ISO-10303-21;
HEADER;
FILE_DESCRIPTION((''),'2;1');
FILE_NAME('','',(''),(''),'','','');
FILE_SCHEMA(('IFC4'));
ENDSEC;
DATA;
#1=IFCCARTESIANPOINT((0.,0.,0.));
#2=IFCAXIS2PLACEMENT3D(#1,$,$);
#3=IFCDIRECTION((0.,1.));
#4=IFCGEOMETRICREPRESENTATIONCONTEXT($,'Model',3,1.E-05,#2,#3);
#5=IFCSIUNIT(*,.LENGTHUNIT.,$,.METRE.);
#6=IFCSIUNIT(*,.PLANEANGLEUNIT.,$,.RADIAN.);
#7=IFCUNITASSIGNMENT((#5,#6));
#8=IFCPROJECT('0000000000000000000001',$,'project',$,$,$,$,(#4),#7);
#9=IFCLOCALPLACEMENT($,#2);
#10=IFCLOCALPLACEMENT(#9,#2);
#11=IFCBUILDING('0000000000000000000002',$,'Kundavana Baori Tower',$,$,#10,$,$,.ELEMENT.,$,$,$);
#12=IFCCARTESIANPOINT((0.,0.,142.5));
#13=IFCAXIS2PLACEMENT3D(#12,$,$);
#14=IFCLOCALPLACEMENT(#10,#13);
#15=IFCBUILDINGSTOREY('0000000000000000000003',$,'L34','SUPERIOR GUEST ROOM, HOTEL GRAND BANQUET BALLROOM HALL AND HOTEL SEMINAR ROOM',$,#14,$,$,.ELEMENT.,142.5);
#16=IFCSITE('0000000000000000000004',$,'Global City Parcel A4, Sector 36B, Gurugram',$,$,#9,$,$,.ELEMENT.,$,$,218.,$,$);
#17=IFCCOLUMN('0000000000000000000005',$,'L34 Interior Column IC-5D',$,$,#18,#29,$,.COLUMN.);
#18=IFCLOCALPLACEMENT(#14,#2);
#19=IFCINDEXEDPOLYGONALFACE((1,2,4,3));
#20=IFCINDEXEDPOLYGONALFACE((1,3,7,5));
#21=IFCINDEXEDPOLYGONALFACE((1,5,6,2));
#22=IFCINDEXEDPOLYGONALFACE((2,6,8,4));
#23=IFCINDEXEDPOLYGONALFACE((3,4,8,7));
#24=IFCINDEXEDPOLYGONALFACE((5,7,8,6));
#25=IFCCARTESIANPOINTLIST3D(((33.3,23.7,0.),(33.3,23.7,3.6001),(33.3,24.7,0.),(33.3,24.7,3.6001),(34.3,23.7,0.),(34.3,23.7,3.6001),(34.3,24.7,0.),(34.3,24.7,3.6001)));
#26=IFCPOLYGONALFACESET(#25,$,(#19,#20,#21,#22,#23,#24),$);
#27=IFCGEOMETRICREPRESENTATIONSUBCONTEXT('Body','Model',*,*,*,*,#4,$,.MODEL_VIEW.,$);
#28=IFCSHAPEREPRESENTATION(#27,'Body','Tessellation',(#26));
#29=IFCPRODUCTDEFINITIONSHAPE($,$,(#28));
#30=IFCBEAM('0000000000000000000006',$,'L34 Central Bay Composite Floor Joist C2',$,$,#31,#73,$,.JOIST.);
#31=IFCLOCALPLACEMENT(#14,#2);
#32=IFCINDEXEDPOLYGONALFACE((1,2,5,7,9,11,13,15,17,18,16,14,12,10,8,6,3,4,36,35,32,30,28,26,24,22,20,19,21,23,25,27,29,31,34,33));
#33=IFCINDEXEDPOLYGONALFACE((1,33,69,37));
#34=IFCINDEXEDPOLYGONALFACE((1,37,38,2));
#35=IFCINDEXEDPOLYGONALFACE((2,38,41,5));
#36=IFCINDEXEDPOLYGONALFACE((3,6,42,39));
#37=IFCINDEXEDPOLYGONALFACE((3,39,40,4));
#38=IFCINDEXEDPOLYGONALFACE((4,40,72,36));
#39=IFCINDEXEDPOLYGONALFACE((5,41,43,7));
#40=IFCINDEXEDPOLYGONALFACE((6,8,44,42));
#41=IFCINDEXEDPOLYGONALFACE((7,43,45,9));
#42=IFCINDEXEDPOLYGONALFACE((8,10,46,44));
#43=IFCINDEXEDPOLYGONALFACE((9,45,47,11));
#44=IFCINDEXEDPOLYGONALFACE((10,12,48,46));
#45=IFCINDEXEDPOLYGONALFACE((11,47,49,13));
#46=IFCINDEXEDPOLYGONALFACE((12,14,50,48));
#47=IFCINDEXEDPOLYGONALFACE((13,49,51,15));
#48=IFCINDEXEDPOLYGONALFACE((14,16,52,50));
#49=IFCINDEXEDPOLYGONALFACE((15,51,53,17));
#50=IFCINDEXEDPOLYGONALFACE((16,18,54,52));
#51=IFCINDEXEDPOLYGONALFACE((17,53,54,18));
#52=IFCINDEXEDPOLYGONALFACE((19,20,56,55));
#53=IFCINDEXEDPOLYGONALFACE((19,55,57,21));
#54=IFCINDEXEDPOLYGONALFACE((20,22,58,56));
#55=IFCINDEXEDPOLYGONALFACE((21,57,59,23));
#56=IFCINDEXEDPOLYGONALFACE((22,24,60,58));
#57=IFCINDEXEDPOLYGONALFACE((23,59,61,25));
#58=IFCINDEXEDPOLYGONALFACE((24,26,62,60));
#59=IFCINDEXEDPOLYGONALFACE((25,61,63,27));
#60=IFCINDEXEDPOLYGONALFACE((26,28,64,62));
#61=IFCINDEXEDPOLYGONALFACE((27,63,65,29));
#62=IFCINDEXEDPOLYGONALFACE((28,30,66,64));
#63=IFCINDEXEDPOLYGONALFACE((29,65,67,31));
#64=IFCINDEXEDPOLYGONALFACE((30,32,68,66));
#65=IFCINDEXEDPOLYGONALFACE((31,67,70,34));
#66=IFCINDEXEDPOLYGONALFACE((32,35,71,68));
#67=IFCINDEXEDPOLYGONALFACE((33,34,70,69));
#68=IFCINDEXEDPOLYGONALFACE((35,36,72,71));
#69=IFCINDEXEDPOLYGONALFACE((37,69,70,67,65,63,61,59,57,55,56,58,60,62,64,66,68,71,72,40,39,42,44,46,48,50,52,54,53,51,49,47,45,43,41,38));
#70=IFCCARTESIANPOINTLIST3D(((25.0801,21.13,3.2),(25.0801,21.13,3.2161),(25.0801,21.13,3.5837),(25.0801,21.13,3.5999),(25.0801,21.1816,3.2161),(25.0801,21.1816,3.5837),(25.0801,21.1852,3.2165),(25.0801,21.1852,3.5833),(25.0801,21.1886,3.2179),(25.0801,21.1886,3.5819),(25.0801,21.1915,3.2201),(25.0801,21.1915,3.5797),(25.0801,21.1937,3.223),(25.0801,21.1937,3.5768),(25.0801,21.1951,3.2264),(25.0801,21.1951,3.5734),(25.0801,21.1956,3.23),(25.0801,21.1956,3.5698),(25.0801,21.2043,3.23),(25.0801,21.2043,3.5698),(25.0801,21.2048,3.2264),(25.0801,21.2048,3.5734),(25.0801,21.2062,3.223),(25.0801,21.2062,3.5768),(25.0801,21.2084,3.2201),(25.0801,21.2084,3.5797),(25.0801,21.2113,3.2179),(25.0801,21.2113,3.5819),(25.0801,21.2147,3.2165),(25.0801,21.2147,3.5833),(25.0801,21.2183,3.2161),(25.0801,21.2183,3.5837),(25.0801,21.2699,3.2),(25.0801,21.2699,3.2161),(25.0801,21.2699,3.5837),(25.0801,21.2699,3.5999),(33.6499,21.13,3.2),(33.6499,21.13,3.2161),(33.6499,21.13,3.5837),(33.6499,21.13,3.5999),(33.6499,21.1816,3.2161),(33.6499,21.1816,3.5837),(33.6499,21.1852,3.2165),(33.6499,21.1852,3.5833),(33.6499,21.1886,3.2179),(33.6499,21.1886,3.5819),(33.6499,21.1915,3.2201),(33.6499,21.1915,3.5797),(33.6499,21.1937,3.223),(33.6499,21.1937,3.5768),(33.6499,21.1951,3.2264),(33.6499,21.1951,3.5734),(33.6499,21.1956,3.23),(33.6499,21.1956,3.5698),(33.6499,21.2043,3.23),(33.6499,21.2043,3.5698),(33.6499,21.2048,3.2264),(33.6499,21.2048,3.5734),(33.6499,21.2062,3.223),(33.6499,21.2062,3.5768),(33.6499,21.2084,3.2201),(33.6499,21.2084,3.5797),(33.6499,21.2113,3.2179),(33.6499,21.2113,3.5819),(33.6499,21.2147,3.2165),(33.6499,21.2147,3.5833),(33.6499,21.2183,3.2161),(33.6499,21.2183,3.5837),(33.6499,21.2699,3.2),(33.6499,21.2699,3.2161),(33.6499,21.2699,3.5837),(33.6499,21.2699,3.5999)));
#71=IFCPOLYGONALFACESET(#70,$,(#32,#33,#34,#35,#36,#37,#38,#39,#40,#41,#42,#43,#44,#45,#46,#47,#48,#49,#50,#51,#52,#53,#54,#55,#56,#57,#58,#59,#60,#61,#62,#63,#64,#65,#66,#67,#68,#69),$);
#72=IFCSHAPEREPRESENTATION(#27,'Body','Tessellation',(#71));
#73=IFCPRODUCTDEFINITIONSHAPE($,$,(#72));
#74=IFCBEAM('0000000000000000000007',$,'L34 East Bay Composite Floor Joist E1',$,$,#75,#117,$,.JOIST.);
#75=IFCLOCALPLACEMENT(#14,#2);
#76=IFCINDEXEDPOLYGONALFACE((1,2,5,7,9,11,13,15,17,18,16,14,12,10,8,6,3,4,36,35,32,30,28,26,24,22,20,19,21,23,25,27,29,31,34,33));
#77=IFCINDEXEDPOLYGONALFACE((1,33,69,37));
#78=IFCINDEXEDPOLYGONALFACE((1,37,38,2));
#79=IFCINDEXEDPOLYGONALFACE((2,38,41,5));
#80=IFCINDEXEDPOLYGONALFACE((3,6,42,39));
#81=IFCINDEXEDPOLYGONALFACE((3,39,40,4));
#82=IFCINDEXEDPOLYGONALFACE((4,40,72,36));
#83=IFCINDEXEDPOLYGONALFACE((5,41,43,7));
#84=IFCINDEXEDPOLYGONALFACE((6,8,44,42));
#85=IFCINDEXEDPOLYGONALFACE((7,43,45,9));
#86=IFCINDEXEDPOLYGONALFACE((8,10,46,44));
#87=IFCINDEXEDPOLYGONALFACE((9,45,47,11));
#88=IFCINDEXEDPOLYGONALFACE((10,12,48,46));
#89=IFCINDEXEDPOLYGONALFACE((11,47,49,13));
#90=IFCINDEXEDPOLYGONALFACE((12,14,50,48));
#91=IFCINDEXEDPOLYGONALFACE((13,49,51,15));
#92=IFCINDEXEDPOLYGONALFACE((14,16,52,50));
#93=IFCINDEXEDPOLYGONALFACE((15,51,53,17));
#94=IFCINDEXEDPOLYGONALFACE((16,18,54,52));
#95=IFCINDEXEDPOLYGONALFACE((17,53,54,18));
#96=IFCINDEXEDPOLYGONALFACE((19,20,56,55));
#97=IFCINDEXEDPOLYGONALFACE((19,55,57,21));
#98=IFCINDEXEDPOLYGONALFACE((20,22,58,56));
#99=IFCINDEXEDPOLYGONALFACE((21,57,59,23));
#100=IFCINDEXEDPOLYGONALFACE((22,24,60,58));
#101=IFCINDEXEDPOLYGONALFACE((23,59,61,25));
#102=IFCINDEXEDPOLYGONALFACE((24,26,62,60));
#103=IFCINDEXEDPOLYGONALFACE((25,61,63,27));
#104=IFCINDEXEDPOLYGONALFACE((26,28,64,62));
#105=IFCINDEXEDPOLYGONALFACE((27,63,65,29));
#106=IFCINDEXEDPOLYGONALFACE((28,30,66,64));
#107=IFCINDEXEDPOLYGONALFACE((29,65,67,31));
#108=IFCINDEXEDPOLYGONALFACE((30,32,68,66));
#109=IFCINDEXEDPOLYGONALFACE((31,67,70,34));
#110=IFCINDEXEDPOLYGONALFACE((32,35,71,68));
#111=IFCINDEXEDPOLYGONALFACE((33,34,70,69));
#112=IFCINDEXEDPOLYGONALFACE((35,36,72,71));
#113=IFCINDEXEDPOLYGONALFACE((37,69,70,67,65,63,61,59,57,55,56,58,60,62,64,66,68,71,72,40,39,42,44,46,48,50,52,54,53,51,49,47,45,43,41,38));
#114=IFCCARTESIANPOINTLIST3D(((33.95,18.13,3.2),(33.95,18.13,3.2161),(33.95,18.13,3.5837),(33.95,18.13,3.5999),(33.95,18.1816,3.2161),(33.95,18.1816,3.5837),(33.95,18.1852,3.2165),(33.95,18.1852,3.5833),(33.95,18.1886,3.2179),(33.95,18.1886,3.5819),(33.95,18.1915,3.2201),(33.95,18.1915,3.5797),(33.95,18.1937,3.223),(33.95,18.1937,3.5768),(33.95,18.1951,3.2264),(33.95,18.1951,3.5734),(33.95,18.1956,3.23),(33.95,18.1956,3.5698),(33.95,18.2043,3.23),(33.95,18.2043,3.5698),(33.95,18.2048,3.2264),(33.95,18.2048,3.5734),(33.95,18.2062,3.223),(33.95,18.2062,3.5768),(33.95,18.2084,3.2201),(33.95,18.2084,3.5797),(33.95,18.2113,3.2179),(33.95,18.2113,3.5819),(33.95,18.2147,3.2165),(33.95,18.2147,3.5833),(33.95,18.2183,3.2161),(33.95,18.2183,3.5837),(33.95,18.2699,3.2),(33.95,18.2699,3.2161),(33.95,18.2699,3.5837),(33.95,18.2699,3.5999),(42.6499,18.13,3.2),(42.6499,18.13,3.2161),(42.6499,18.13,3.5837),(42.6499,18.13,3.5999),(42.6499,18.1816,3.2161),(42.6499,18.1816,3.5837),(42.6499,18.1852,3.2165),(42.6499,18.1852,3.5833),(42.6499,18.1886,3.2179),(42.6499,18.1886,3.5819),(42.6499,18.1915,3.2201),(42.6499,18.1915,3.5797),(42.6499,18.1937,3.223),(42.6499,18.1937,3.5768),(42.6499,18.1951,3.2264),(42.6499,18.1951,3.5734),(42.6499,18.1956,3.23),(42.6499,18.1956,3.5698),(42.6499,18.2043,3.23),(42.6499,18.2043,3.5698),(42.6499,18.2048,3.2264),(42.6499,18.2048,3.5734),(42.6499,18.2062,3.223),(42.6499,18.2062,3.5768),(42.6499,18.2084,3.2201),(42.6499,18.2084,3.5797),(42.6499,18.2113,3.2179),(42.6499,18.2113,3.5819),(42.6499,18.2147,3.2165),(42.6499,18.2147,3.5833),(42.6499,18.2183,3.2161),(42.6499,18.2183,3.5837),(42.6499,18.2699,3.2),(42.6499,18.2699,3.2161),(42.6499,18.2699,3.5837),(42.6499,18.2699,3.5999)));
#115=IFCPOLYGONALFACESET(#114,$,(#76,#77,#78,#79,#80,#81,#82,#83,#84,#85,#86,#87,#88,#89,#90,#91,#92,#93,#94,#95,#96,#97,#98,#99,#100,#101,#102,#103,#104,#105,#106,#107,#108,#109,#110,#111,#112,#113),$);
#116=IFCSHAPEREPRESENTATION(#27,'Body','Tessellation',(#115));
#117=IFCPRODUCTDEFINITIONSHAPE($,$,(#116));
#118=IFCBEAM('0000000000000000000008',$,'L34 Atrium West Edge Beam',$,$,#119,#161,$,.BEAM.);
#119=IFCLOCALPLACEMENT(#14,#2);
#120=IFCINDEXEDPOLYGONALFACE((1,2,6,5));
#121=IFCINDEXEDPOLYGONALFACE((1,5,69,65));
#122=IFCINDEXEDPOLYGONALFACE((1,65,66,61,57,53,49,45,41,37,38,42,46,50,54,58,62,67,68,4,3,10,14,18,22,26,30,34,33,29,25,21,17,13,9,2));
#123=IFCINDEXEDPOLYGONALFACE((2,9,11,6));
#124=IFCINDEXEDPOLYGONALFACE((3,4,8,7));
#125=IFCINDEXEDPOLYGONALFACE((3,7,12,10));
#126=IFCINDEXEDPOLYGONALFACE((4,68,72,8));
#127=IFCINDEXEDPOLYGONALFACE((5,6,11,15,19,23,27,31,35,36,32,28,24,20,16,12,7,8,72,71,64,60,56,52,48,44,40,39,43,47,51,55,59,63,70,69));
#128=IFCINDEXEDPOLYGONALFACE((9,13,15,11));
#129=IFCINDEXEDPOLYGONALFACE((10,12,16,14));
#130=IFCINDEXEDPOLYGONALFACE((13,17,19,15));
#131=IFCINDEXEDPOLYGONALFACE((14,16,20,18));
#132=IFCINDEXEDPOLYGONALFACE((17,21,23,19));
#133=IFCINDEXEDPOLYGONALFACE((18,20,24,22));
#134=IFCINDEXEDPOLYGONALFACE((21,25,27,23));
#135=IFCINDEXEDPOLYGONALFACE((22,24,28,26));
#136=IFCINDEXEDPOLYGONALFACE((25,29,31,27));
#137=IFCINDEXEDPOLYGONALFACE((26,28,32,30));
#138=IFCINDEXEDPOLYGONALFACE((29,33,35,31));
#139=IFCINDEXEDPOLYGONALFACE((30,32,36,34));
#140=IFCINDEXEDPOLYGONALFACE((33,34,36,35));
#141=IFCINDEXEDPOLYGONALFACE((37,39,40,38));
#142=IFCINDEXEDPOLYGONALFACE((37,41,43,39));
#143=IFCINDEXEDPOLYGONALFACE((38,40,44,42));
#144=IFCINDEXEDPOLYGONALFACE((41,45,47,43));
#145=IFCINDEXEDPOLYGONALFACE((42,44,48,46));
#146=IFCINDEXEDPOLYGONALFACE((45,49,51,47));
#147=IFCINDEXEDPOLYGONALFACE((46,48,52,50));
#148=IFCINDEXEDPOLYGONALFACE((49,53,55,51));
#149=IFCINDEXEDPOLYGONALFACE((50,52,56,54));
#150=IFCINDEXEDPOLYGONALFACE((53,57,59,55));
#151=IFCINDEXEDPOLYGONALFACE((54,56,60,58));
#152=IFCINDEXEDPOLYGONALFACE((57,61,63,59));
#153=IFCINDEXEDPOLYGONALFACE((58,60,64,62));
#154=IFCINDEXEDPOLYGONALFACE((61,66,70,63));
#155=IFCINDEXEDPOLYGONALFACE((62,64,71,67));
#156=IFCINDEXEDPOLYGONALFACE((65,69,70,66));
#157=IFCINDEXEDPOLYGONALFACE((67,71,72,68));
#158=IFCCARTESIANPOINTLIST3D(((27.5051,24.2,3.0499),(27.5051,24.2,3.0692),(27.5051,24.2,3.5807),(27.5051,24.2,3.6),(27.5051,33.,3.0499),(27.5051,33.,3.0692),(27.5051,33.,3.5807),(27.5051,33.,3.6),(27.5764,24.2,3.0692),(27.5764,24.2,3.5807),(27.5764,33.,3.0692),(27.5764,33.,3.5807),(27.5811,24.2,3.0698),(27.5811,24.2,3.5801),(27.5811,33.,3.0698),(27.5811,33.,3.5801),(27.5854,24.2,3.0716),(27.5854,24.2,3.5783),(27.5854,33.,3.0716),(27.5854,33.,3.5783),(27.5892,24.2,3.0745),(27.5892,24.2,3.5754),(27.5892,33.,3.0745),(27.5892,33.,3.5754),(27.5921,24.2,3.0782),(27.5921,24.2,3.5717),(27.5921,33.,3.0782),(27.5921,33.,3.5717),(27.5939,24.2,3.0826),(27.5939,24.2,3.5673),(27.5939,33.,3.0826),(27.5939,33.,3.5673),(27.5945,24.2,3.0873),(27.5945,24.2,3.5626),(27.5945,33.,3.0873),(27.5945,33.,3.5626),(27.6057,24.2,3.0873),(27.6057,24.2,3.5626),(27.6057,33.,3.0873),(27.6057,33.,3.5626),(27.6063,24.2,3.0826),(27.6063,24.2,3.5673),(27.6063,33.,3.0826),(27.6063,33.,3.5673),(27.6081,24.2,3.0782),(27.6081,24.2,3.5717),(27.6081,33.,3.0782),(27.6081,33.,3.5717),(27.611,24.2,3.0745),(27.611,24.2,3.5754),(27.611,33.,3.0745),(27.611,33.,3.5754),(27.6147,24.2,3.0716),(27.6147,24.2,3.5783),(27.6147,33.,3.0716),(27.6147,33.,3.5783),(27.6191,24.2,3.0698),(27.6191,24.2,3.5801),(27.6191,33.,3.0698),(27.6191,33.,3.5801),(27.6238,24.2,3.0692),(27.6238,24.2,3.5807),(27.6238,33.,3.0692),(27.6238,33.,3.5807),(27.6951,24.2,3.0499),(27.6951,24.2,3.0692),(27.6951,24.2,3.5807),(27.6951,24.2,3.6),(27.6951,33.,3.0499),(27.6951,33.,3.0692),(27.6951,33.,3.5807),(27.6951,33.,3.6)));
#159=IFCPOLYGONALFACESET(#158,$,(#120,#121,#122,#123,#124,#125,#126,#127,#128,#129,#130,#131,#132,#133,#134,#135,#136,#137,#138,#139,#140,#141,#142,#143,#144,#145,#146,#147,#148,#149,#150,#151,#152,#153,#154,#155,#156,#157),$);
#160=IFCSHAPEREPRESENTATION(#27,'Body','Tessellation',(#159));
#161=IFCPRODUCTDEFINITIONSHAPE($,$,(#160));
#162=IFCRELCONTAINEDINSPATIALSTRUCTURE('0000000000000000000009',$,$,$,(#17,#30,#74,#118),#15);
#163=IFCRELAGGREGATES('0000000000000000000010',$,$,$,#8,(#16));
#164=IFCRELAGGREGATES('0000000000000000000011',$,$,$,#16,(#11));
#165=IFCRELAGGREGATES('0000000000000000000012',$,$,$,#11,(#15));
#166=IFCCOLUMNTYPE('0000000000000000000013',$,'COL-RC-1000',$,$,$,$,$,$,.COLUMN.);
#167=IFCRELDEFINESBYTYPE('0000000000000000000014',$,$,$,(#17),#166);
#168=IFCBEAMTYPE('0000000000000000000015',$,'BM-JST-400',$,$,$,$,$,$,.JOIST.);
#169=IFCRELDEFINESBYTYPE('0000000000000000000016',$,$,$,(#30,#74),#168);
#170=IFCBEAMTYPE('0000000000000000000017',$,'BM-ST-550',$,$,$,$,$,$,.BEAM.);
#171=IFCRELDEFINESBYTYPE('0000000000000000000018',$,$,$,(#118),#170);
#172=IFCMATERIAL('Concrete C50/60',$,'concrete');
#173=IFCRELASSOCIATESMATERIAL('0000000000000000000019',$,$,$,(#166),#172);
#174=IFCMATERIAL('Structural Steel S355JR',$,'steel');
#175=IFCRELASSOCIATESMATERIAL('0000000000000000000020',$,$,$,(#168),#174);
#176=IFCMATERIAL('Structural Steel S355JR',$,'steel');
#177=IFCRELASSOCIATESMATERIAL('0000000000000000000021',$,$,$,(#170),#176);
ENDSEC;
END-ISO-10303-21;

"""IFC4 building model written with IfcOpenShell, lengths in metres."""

from ifc_helpers import new_model, si_unit, direction, frame, origin, origin_2d, place, context, subcontext, project, spatial, rectangle, i_section, extrude, material, material_profile, profile_set, type_object, element, save


model = new_model("IFC4")

# Units and contexts
model_context = context("Model", 3, precision=1e-05, world=origin(), true_north=direction((0.0, 1.0)))
body_context = subcontext(model_context, "Body", "Model", "MODEL_VIEW")
ifc_project = project(units=[si_unit("LENGTHUNIT", "METRE"), si_unit("PLANEANGLEUNIT", "RADIAN")], contexts=[model_context])

# Site, building, storey
site_placement = place(None, origin())
site = spatial("IfcSite", under=ifc_project, at=site_placement, Name="Global City Parcel A4, Sector 36B, Gurugram", CompositionType="ELEMENT", RefElevation=218.0)
building_placement = place(site_placement, origin())
building = spatial("IfcBuilding", under=site, at=building_placement, Name="Kundavana Baori Tower", CompositionType="ELEMENT")
storey_placement = place(building_placement, frame((0.0, 0.0, 142.5)))
storey = spatial("IfcBuildingStorey", under=building, at=storey_placement, Name="L34", Description="SUPERIOR GUEST ROOM, HOTEL GRAND BANQUET BALLROOM HALL AND HOTEL SEMINAR ROOM", CompositionType="ELEMENT", Elevation=142.5)

# Column
ifc_material_1 = material(Name="Concrete C50/60", Category="concrete")
ifc_material_profile_1 = material_profile(ifc_material_1, rectangle(XDim=1.0, YDim=1.0, at=origin_2d()), Name="RC 1000x1000")
ifc_profile_set_1 = profile_set([ifc_material_profile_1], Name="Concrete C50/60")
column_type = type_object("IfcColumnType", Name="COL-RC-1000", PredefinedType="COLUMN", material=ifc_profile_set_1)
column_placement = place(storey_placement, frame((33.8, 24.2, 0.0), z_axis=(0.0, 0.0, 1.0), x_axis=(1.0, 0.0, 0.0)))
element("IfcColumn", 1, at=column_placement, inside=storey, type_object=column_type, Name="L34 Interior Column IC-5D", PredefinedType="COLUMN", context=body_context, shape_type="SweptSolid", body=[
    extrude(rectangle(XDim=1.0, YDim=1.0, at=origin_2d()), origin(), (0.0, 0.0, 1.0), 3.6001),
])

# Beams
ifc_material_2 = material(Name="Structural Steel S355JR", Category="steel")
ifc_material_profile_2 = material_profile(ifc_material_2, i_section(OverallWidth=0.1399, OverallDepth=0.3999, WebThickness=0.0088, FlangeThickness=0.0161, FilletRadius=0.0139, at=origin_2d()), Name="ISMB 400")
ifc_profile_set_2 = profile_set([ifc_material_profile_2], Name="Structural Steel S355JR")
beam_type_1 = type_object("IfcBeamType", Name="BM-JST-400", PredefinedType="JOIST", material=ifc_profile_set_2)
beam_1_placement = place(storey_placement, frame((25.0801, 21.2, 3.3999), z_axis=(1.0, 0.0, 0.0), x_axis=(0.0, 1.0, 0.0)))
element("IfcBeam", 2, at=beam_1_placement, inside=storey, type_object=beam_type_1, Name="L34 Central Bay Composite Floor Joist C2", PredefinedType="JOIST", context=body_context, shape_type="SweptSolid", body=[
    extrude(i_section(OverallWidth=0.1399, OverallDepth=0.3999, WebThickness=0.0088, FlangeThickness=0.0161, FilletRadius=0.0139, at=origin_2d()), origin(), (0.0, 0.0, 1.0), 8.5698),
])
beam_2_placement = place(storey_placement, frame((33.95, 18.2, 3.3999), z_axis=(1.0, 0.0, 0.0), x_axis=(0.0, 1.0, 0.0)))
element("IfcBeam", 3, at=beam_2_placement, inside=storey, type_object=beam_type_1, Name="L34 East Bay Composite Floor Joist E1", PredefinedType="JOIST", context=body_context, shape_type="SweptSolid", body=[
    extrude(i_section(OverallWidth=0.1399, OverallDepth=0.3999, WebThickness=0.0088, FlangeThickness=0.0161, FilletRadius=0.0139, at=origin_2d()), origin(), (0.0, 0.0, 1.0), 8.7),
])
ifc_material_3 = material(Name="Structural Steel S355JR", Category="steel")
ifc_material_profile_3 = material_profile(ifc_material_3, i_section(OverallWidth=0.1899, OverallDepth=0.55, WebThickness=0.0112, FlangeThickness=0.0193, FilletRadius=0.0181, at=origin_2d()), Name="ISMB 550")
ifc_profile_set_3 = profile_set([ifc_material_profile_3], Name="Structural Steel S355JR")
beam_type_2 = type_object("IfcBeamType", Name="BM-ST-550", PredefinedType="BEAM", material=ifc_profile_set_3)
for number, where, z_axis, x_axis, name in (
    (4, (27.6001, 24.2, 3.325), (0.0, 1.0, 0.0), (-1.0, 0.0, 0.0), "L34 Atrium West Edge Beam"),
):
    element("IfcBeam", number, at=place(storey_placement, frame(where, z_axis=z_axis, x_axis=x_axis)), inside=storey, type_object=beam_type_2, Name=name, PredefinedType="BEAM", context=body_context, shape_type="SweptSolid", body=[
        extrude(i_section(OverallWidth=0.1899, OverallDepth=0.55, WebThickness=0.0112, FlangeThickness=0.0193, FilletRadius=0.0181, at=origin_2d()), origin(), (0.0, 0.0, 1.0), 8.8),
    ])

save(model, "model.ifc")
